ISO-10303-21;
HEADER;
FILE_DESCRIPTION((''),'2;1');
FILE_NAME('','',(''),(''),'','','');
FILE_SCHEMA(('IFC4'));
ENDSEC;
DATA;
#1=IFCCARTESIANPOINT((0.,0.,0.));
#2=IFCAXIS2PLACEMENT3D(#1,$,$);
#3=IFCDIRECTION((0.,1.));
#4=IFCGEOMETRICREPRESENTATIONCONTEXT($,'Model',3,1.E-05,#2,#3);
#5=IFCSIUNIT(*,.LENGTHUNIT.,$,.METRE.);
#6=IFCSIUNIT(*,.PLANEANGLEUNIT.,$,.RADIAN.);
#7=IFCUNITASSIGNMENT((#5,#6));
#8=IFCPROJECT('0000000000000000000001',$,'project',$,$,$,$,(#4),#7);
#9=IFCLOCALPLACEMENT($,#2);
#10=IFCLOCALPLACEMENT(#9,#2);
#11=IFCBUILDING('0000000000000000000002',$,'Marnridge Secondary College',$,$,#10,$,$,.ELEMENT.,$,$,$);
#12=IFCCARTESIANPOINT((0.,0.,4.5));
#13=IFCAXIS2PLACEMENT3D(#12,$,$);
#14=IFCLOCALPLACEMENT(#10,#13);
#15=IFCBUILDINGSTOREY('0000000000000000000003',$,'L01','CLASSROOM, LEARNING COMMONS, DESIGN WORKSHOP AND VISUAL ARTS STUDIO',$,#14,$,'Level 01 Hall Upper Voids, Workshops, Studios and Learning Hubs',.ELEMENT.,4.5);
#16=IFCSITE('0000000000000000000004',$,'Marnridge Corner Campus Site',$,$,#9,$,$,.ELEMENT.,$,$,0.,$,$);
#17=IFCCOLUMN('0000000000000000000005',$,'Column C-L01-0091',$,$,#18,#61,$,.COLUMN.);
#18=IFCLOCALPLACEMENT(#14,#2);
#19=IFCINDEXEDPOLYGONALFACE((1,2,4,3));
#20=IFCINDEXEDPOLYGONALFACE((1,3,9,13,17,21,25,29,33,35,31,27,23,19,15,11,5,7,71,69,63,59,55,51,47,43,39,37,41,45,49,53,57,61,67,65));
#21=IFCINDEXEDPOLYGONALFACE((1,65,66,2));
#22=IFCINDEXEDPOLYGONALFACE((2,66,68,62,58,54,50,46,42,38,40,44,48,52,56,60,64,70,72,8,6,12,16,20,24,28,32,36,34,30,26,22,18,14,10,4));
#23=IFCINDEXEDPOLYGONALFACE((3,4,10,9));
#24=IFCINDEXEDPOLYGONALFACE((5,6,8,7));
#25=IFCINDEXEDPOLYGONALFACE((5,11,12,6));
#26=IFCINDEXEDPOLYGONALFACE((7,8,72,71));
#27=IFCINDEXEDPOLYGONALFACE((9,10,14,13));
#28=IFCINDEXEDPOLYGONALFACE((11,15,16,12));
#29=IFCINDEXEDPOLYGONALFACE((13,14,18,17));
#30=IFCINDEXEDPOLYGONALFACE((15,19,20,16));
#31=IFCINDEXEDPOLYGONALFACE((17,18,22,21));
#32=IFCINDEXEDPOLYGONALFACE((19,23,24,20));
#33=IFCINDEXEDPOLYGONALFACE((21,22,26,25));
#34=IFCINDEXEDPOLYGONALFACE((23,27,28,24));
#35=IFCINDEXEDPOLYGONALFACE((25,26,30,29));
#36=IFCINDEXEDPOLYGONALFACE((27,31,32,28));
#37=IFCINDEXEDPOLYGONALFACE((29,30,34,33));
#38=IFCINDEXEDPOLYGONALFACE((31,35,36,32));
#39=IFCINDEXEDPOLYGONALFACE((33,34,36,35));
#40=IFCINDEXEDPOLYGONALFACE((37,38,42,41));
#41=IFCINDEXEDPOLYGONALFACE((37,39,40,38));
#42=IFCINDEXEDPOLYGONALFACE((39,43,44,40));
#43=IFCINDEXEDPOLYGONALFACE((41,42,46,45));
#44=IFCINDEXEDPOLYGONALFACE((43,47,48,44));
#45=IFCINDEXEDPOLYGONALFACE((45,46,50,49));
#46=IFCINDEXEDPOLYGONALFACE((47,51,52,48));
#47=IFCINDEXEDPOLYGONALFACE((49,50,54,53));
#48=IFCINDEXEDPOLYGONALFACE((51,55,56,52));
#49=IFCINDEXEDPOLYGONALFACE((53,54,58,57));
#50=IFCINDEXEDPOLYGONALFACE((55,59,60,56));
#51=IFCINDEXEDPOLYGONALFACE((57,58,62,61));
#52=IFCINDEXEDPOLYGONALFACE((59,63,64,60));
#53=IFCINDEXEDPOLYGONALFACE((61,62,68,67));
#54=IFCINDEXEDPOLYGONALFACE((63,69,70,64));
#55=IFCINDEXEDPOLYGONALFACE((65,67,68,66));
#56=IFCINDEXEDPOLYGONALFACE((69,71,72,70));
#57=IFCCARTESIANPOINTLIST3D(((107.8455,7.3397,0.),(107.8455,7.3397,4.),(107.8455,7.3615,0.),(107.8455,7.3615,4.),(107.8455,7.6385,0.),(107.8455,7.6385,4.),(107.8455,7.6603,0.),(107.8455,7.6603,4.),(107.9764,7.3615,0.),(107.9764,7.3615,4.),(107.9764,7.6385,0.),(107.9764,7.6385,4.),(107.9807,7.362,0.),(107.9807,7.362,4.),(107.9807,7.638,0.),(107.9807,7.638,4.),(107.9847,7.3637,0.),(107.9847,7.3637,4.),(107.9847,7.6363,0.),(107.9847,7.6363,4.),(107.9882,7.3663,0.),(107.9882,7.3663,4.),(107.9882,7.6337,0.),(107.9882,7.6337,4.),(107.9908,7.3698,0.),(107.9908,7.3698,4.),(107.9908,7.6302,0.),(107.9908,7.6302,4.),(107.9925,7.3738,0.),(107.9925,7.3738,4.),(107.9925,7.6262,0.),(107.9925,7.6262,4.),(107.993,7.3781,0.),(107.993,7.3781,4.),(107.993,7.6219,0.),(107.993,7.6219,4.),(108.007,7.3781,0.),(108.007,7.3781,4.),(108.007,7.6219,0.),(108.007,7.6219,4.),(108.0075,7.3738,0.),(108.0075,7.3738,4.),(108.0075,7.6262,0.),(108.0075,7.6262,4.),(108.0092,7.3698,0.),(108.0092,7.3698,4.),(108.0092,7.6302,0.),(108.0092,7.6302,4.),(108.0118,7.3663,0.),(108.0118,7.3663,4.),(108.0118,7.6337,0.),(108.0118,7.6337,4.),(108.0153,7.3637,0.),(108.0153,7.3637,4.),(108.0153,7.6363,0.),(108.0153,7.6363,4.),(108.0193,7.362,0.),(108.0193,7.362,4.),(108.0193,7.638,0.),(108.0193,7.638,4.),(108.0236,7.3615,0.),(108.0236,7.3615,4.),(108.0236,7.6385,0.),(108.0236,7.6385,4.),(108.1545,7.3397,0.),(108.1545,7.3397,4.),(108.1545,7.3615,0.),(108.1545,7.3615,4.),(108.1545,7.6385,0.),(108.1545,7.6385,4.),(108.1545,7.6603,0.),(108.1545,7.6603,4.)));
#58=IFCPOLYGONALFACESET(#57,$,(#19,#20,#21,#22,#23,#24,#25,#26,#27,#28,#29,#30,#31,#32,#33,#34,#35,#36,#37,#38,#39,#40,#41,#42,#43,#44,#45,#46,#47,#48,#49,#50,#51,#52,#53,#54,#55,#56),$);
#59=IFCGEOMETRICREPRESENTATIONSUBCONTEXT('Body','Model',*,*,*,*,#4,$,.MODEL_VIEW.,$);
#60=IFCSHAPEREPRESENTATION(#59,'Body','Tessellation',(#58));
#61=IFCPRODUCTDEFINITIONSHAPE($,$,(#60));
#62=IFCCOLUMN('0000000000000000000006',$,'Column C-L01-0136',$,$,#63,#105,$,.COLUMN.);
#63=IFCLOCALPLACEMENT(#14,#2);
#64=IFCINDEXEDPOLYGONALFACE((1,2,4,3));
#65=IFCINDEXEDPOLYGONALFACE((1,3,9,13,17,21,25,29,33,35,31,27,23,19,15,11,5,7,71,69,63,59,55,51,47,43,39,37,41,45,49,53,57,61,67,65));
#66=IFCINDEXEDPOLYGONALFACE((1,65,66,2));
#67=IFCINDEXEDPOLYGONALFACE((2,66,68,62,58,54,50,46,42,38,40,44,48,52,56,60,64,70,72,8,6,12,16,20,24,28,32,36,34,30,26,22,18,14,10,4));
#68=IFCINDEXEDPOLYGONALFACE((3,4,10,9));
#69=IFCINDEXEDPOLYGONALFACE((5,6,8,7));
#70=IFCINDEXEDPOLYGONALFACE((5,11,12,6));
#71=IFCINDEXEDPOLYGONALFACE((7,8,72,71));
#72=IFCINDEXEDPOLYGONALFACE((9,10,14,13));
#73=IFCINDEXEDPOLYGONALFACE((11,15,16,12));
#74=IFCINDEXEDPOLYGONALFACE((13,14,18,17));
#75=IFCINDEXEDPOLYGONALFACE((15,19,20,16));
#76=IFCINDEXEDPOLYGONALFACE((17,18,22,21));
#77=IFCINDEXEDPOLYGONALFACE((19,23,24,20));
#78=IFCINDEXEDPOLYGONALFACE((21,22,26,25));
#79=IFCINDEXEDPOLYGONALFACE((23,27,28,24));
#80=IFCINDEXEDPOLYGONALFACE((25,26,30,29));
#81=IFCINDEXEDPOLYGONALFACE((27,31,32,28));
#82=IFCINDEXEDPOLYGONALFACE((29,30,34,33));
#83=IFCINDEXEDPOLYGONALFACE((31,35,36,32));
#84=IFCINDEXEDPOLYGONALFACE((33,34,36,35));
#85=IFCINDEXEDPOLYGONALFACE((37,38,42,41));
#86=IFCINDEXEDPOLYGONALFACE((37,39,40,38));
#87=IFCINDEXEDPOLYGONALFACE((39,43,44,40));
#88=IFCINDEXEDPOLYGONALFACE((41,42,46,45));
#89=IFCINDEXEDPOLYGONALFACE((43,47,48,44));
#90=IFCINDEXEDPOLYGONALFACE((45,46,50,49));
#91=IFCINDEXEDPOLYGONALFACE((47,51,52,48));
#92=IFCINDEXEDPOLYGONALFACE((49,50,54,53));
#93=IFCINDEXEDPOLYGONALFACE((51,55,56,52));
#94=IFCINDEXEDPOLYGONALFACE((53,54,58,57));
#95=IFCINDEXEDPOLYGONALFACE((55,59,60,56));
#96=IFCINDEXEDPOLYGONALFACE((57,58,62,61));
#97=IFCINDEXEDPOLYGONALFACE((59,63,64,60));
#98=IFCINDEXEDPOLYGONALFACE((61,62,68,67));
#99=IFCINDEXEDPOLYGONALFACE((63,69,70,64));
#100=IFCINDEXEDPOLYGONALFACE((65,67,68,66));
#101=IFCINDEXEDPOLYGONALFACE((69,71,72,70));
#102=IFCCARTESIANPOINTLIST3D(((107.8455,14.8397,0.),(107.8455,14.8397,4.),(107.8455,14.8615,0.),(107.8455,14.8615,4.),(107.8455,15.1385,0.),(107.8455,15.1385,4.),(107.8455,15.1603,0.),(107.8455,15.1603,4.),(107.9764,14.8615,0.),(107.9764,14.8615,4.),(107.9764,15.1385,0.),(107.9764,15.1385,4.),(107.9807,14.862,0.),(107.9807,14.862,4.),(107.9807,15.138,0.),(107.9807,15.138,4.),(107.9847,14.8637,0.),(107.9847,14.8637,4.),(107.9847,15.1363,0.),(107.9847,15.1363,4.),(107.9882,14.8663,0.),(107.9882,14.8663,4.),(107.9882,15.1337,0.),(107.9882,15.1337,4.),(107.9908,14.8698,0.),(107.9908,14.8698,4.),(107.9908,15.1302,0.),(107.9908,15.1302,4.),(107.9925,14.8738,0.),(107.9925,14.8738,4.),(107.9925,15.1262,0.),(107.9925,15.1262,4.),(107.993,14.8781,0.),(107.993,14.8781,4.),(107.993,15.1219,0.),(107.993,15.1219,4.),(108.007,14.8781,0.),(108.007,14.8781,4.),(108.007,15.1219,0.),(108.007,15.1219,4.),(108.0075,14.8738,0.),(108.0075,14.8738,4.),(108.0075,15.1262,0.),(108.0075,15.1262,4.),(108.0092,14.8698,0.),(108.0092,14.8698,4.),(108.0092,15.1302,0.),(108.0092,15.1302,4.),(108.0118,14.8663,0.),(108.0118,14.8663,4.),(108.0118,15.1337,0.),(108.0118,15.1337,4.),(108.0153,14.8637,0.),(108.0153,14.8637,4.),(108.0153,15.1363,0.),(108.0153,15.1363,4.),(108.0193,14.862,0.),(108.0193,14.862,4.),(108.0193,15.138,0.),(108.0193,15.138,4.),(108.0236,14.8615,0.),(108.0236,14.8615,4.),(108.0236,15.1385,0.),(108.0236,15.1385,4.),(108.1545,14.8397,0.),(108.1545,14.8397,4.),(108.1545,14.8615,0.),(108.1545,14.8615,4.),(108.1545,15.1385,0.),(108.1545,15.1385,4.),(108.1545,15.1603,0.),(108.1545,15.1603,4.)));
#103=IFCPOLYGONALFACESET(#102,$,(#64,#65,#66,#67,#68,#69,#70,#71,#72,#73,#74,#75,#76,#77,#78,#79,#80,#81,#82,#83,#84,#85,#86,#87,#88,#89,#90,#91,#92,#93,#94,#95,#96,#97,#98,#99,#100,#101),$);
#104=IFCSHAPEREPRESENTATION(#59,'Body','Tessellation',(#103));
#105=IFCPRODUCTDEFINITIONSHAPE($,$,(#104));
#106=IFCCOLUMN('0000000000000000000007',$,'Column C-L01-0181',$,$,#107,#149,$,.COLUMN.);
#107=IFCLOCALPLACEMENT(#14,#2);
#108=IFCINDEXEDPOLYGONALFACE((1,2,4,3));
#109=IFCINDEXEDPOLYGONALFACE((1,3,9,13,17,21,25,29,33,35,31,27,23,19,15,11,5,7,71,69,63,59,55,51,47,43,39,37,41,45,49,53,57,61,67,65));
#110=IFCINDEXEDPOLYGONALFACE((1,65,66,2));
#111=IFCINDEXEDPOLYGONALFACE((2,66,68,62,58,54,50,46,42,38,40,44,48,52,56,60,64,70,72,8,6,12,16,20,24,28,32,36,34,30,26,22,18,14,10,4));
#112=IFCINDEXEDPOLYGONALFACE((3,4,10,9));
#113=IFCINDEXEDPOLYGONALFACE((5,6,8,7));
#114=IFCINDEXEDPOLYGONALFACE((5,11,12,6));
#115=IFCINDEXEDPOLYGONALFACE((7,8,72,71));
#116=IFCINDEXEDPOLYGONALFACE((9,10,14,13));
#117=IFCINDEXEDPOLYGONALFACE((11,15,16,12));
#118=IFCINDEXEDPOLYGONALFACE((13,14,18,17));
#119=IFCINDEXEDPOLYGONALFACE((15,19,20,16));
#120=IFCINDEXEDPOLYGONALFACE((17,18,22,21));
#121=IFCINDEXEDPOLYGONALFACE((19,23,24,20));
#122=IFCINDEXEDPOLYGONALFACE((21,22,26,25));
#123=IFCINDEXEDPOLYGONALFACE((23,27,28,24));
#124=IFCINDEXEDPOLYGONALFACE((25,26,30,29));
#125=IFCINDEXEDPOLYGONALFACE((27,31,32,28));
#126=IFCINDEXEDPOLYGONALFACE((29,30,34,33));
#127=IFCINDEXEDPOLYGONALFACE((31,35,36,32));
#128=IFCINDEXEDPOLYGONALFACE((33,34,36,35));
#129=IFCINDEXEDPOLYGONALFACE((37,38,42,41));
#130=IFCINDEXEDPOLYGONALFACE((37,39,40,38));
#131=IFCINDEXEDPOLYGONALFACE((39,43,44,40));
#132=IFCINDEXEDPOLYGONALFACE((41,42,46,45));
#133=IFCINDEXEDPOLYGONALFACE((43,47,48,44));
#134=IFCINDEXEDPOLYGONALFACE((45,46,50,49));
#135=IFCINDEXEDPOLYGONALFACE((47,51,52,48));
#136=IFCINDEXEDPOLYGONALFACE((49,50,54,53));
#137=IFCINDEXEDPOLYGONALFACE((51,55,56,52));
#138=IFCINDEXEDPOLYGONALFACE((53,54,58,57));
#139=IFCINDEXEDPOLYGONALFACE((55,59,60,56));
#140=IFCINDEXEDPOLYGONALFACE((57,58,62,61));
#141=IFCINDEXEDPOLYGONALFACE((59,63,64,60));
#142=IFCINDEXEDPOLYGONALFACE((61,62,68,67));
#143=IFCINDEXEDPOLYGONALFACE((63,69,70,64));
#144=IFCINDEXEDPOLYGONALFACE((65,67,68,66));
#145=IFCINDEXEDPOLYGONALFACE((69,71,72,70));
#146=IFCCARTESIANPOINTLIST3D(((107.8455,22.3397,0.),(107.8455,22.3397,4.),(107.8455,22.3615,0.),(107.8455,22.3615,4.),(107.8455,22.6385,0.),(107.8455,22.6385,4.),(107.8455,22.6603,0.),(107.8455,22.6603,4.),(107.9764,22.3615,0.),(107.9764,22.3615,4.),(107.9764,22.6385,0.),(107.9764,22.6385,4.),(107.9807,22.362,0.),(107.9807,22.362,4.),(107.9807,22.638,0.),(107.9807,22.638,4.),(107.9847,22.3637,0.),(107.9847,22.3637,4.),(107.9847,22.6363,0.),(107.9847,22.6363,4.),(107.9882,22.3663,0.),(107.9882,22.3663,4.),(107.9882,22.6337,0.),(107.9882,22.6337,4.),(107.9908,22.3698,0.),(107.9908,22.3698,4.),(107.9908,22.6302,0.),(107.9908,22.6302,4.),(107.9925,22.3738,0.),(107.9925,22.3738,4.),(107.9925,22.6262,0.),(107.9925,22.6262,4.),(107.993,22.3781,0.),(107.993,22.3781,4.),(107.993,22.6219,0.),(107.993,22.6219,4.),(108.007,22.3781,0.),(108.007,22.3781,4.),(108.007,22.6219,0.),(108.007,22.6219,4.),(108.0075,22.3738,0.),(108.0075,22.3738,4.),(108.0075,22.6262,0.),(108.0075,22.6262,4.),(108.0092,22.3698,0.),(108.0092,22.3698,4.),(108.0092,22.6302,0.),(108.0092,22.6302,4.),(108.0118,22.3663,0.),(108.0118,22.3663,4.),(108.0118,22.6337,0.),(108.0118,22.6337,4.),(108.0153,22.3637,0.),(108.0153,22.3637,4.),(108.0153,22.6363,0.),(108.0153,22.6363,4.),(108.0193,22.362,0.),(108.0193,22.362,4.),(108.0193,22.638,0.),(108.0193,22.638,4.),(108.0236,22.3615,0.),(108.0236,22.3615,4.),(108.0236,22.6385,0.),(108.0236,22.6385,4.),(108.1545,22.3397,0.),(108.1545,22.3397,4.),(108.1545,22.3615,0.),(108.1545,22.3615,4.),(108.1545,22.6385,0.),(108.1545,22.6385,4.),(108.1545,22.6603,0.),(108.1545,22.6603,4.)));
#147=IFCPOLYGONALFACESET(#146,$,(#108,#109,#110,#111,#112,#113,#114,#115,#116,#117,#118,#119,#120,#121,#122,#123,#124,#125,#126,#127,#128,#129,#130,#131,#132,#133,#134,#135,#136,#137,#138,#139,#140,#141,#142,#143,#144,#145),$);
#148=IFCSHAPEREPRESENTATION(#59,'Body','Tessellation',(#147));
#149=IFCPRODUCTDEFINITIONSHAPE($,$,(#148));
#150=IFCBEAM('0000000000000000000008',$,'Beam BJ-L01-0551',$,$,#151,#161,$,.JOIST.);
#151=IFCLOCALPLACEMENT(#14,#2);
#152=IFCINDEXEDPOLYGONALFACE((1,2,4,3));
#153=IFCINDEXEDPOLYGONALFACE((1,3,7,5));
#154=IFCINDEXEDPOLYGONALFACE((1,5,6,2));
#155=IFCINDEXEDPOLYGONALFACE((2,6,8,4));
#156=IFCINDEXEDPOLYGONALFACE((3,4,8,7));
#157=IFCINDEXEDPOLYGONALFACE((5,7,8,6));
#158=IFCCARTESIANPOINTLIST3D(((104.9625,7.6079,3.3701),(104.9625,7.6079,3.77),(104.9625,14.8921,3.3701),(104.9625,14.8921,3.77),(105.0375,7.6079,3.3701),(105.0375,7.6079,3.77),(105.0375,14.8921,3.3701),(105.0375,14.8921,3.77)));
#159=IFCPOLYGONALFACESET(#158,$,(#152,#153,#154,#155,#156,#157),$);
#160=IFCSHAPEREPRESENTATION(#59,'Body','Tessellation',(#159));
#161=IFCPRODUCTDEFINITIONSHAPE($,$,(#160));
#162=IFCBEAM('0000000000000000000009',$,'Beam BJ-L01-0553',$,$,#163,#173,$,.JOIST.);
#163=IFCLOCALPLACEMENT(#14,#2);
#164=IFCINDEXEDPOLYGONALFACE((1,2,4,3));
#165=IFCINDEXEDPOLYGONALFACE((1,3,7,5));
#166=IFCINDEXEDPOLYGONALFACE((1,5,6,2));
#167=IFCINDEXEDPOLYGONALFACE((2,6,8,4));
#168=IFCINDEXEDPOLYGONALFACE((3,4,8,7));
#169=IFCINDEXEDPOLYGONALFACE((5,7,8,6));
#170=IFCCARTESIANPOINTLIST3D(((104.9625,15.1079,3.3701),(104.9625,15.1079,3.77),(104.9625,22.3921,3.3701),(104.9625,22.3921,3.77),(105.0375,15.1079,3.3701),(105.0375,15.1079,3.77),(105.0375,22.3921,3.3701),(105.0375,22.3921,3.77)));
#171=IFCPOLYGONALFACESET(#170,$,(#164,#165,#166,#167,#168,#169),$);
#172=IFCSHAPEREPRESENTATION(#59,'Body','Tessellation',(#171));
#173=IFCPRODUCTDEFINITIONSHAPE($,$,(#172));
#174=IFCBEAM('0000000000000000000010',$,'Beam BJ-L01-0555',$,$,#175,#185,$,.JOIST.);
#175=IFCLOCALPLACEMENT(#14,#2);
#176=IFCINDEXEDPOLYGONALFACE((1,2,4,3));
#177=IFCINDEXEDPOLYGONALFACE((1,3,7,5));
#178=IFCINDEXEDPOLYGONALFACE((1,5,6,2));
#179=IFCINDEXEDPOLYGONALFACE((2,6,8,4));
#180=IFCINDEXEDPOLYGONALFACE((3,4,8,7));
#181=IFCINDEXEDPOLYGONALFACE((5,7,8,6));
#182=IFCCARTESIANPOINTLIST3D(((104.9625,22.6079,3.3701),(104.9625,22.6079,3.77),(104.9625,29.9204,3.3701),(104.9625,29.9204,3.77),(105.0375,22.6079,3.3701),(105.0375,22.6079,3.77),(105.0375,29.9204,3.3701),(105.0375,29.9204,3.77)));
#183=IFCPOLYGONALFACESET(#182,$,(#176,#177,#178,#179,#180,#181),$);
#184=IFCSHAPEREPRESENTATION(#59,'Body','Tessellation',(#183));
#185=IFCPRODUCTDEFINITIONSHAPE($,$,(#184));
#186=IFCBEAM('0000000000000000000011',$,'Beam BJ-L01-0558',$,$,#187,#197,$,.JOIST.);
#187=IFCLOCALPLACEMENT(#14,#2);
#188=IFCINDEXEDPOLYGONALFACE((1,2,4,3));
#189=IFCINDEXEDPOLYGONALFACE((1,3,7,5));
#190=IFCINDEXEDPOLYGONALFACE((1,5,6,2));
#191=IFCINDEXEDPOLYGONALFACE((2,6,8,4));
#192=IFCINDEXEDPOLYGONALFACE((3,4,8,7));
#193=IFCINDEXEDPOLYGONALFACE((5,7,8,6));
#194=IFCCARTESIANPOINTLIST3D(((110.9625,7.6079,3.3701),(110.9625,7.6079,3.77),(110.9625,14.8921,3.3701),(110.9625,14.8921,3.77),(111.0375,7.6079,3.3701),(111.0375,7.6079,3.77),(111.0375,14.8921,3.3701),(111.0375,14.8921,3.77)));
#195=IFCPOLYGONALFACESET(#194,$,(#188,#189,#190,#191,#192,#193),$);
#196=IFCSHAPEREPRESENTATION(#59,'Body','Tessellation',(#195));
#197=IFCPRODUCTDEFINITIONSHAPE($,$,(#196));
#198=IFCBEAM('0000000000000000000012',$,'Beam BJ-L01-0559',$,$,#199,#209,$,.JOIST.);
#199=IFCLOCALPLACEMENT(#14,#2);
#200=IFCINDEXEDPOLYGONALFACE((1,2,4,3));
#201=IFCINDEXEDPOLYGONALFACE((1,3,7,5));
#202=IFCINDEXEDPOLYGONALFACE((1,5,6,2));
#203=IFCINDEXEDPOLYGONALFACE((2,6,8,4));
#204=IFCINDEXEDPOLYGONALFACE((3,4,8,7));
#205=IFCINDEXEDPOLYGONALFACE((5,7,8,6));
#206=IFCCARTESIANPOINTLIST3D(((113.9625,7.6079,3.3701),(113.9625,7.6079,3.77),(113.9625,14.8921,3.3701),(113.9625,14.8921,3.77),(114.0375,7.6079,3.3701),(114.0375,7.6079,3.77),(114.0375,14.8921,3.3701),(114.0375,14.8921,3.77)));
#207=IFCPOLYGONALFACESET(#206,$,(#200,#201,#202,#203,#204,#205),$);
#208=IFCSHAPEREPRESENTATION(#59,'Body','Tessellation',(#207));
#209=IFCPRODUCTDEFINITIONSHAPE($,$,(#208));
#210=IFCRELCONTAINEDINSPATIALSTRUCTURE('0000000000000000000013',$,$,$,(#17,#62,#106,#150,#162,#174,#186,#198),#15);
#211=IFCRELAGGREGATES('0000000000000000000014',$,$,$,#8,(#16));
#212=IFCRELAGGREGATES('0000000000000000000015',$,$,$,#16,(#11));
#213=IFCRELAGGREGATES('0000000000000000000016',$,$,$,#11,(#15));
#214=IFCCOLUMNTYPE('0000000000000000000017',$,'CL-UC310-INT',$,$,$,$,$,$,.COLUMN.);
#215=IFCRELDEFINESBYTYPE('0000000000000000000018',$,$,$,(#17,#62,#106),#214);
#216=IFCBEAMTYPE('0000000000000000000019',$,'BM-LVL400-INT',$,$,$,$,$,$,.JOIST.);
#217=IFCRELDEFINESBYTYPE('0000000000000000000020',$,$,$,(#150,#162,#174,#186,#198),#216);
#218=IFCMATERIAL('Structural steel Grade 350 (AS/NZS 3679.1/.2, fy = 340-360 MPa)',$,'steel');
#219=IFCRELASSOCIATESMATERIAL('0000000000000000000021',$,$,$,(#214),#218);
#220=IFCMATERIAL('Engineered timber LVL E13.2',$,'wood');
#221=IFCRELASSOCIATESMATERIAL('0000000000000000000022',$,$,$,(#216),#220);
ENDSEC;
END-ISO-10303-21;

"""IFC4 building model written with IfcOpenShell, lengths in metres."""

from ifc_helpers import new_model, si_unit, direction, frame, origin, origin_2d, place, context, subcontext, project, spatial, rectangle, i_section, extrude, material, material_profile, profile_set, type_object, element, save


model = new_model("IFC4")

# Units and contexts
model_context = context("Model", 3, precision=1e-05, world=origin(), true_north=direction((0.0, 1.0)))
body_context = subcontext(model_context, "Body", "Model", "MODEL_VIEW")
ifc_project = project(units=[si_unit("LENGTHUNIT", "METRE"), si_unit("PLANEANGLEUNIT", "RADIAN")], contexts=[model_context])

# Site, building, storey
site_placement = place(None, origin())
site = spatial("IfcSite", under=ifc_project, at=site_placement, Name="Marnridge Corner Campus Site", CompositionType="ELEMENT", RefElevation=0.0)
building_placement = place(site_placement, origin())
building = spatial("IfcBuilding", under=site, at=building_placement, Name="Marnridge Secondary College", CompositionType="ELEMENT")
storey_placement = place(building_placement, frame((0.0, 0.0, 4.5)))
storey = spatial("IfcBuildingStorey", under=building, at=storey_placement, Name="L01", Description="CLASSROOM, LEARNING COMMONS, DESIGN WORKSHOP AND VISUAL ARTS STUDIO", LongName="Level 01 Hall Upper Voids, Workshops, Studios and Learning Hubs", CompositionType="ELEMENT", Elevation=4.5)

# Columns
ifc_material_1 = material(Name="Structural steel Grade 350 (AS/NZS 3679.1/.2, fy = 340-360 MPa)", Category="steel")
ifc_material_profile_1 = material_profile(ifc_material_1, i_section(OverallWidth=0.3091, OverallDepth=0.3206, WebThickness=0.0139, FlangeThickness=0.0217, FilletRadius=0.0166, at=origin_2d()), Name="310UC137")
ifc_profile_set_1 = profile_set([ifc_material_profile_1], Name="Structural steel Grade 350 (AS/NZS 3679.1/.2, fy = 340-360 MPa)")
column_type = type_object("IfcColumnType", Name="CL-UC310-INT", PredefinedType="COLUMN", material=ifc_profile_set_1)
for number, where, z_axis, x_axis, name in (
    (1, (108.0, 7.5, 0.0), (0.0, 0.0, 1.0), (1.0, 0.0, 0.0), "Column C-L01-0091"),
    (2, (108.0, 15.0, 0.0), (0.0, 0.0, 1.0), (1.0, 0.0, 0.0), "Column C-L01-0136"),
    (3, (108.0, 22.5, 0.0), (0.0, 0.0, 1.0), (1.0, 0.0, 0.0), "Column C-L01-0181"),
):
    element("IfcColumn", number, at=place(storey_placement, frame(where, z_axis=z_axis, x_axis=x_axis)), inside=storey, type_object=column_type, Name=name, PredefinedType="COLUMN", context=body_context, shape_type="SweptSolid", body=[
        extrude(i_section(OverallWidth=0.3091, OverallDepth=0.3206, WebThickness=0.0139, FlangeThickness=0.0217, FilletRadius=0.0166, at=origin_2d()), origin(), (0.0, 0.0, 1.0), 4.0),
    ])

# Beams
ifc_material_2 = material(Name="Engineered timber LVL E13.2", Category="wood")
ifc_material_profile_2 = material_profile(ifc_material_2, rectangle(XDim=0.075, YDim=0.3999, at=origin_2d()), Name="LVL 75x400")
ifc_profile_set_2 = profile_set([ifc_material_profile_2], Name="Engineered timber LVL E13.2")
beam_type_1 = type_object("IfcBeamType", Name="BM-LVL400-INT", PredefinedType="JOIST", material=ifc_profile_set_2)
for number, where, z_axis, x_axis, name in (
    (4, (105.0, 7.6079, 3.5701), (0.0, 1.0, 0.0), (-1.0, 0.0, 0.0), "Beam BJ-L01-0551"),
    (5, (105.0, 15.1079, 3.5701), (0.0, 1.0, 0.0), (-1.0, 0.0, 0.0), "Beam BJ-L01-0553"),
):
    element("IfcBeam", number, at=place(storey_placement, frame(where, z_axis=z_axis, x_axis=x_axis)), inside=storey, type_object=beam_type_1, Name=name, PredefinedType="JOIST", context=body_context, shape_type="SweptSolid", body=[
        extrude(rectangle(XDim=0.075, YDim=0.3999, at=origin_2d()), origin(), (0.0, 0.0, 1.0), 7.2842),
    ])
beam_placement = place(storey_placement, frame((105.0, 22.6079, 3.5701), z_axis=(0.0, 1.0, 0.0), x_axis=(-1.0, 0.0, 0.0)))
element("IfcBeam", 6, at=beam_placement, inside=storey, type_object=beam_type_1, Name="Beam BJ-L01-0555", PredefinedType="JOIST", context=body_context, shape_type="SweptSolid", body=[
    extrude(rectangle(XDim=0.075, YDim=0.3999, at=origin_2d()), origin(), (0.0, 0.0, 1.0), 7.3125),
])
for number, where, z_axis, x_axis, name in (
    (7, (111.0, 7.6079, 3.5701), (0.0, 1.0, 0.0), (-1.0, 0.0, 0.0), "Beam BJ-L01-0558"),
    (8, (114.0, 7.6079, 3.5701), (0.0, 1.0, 0.0), (-1.0, 0.0, 0.0), "Beam BJ-L01-0559"),
):
    element("IfcBeam", number, at=place(storey_placement, frame(where, z_axis=z_axis, x_axis=x_axis)), inside=storey, type_object=beam_type_1, Name=name, PredefinedType="JOIST", context=body_context, shape_type="SweptSolid", body=[
        extrude(rectangle(XDim=0.075, YDim=0.3999, at=origin_2d()), origin(), (0.0, 0.0, 1.0), 7.2842),
    ])

save(model, "model.ifc")
